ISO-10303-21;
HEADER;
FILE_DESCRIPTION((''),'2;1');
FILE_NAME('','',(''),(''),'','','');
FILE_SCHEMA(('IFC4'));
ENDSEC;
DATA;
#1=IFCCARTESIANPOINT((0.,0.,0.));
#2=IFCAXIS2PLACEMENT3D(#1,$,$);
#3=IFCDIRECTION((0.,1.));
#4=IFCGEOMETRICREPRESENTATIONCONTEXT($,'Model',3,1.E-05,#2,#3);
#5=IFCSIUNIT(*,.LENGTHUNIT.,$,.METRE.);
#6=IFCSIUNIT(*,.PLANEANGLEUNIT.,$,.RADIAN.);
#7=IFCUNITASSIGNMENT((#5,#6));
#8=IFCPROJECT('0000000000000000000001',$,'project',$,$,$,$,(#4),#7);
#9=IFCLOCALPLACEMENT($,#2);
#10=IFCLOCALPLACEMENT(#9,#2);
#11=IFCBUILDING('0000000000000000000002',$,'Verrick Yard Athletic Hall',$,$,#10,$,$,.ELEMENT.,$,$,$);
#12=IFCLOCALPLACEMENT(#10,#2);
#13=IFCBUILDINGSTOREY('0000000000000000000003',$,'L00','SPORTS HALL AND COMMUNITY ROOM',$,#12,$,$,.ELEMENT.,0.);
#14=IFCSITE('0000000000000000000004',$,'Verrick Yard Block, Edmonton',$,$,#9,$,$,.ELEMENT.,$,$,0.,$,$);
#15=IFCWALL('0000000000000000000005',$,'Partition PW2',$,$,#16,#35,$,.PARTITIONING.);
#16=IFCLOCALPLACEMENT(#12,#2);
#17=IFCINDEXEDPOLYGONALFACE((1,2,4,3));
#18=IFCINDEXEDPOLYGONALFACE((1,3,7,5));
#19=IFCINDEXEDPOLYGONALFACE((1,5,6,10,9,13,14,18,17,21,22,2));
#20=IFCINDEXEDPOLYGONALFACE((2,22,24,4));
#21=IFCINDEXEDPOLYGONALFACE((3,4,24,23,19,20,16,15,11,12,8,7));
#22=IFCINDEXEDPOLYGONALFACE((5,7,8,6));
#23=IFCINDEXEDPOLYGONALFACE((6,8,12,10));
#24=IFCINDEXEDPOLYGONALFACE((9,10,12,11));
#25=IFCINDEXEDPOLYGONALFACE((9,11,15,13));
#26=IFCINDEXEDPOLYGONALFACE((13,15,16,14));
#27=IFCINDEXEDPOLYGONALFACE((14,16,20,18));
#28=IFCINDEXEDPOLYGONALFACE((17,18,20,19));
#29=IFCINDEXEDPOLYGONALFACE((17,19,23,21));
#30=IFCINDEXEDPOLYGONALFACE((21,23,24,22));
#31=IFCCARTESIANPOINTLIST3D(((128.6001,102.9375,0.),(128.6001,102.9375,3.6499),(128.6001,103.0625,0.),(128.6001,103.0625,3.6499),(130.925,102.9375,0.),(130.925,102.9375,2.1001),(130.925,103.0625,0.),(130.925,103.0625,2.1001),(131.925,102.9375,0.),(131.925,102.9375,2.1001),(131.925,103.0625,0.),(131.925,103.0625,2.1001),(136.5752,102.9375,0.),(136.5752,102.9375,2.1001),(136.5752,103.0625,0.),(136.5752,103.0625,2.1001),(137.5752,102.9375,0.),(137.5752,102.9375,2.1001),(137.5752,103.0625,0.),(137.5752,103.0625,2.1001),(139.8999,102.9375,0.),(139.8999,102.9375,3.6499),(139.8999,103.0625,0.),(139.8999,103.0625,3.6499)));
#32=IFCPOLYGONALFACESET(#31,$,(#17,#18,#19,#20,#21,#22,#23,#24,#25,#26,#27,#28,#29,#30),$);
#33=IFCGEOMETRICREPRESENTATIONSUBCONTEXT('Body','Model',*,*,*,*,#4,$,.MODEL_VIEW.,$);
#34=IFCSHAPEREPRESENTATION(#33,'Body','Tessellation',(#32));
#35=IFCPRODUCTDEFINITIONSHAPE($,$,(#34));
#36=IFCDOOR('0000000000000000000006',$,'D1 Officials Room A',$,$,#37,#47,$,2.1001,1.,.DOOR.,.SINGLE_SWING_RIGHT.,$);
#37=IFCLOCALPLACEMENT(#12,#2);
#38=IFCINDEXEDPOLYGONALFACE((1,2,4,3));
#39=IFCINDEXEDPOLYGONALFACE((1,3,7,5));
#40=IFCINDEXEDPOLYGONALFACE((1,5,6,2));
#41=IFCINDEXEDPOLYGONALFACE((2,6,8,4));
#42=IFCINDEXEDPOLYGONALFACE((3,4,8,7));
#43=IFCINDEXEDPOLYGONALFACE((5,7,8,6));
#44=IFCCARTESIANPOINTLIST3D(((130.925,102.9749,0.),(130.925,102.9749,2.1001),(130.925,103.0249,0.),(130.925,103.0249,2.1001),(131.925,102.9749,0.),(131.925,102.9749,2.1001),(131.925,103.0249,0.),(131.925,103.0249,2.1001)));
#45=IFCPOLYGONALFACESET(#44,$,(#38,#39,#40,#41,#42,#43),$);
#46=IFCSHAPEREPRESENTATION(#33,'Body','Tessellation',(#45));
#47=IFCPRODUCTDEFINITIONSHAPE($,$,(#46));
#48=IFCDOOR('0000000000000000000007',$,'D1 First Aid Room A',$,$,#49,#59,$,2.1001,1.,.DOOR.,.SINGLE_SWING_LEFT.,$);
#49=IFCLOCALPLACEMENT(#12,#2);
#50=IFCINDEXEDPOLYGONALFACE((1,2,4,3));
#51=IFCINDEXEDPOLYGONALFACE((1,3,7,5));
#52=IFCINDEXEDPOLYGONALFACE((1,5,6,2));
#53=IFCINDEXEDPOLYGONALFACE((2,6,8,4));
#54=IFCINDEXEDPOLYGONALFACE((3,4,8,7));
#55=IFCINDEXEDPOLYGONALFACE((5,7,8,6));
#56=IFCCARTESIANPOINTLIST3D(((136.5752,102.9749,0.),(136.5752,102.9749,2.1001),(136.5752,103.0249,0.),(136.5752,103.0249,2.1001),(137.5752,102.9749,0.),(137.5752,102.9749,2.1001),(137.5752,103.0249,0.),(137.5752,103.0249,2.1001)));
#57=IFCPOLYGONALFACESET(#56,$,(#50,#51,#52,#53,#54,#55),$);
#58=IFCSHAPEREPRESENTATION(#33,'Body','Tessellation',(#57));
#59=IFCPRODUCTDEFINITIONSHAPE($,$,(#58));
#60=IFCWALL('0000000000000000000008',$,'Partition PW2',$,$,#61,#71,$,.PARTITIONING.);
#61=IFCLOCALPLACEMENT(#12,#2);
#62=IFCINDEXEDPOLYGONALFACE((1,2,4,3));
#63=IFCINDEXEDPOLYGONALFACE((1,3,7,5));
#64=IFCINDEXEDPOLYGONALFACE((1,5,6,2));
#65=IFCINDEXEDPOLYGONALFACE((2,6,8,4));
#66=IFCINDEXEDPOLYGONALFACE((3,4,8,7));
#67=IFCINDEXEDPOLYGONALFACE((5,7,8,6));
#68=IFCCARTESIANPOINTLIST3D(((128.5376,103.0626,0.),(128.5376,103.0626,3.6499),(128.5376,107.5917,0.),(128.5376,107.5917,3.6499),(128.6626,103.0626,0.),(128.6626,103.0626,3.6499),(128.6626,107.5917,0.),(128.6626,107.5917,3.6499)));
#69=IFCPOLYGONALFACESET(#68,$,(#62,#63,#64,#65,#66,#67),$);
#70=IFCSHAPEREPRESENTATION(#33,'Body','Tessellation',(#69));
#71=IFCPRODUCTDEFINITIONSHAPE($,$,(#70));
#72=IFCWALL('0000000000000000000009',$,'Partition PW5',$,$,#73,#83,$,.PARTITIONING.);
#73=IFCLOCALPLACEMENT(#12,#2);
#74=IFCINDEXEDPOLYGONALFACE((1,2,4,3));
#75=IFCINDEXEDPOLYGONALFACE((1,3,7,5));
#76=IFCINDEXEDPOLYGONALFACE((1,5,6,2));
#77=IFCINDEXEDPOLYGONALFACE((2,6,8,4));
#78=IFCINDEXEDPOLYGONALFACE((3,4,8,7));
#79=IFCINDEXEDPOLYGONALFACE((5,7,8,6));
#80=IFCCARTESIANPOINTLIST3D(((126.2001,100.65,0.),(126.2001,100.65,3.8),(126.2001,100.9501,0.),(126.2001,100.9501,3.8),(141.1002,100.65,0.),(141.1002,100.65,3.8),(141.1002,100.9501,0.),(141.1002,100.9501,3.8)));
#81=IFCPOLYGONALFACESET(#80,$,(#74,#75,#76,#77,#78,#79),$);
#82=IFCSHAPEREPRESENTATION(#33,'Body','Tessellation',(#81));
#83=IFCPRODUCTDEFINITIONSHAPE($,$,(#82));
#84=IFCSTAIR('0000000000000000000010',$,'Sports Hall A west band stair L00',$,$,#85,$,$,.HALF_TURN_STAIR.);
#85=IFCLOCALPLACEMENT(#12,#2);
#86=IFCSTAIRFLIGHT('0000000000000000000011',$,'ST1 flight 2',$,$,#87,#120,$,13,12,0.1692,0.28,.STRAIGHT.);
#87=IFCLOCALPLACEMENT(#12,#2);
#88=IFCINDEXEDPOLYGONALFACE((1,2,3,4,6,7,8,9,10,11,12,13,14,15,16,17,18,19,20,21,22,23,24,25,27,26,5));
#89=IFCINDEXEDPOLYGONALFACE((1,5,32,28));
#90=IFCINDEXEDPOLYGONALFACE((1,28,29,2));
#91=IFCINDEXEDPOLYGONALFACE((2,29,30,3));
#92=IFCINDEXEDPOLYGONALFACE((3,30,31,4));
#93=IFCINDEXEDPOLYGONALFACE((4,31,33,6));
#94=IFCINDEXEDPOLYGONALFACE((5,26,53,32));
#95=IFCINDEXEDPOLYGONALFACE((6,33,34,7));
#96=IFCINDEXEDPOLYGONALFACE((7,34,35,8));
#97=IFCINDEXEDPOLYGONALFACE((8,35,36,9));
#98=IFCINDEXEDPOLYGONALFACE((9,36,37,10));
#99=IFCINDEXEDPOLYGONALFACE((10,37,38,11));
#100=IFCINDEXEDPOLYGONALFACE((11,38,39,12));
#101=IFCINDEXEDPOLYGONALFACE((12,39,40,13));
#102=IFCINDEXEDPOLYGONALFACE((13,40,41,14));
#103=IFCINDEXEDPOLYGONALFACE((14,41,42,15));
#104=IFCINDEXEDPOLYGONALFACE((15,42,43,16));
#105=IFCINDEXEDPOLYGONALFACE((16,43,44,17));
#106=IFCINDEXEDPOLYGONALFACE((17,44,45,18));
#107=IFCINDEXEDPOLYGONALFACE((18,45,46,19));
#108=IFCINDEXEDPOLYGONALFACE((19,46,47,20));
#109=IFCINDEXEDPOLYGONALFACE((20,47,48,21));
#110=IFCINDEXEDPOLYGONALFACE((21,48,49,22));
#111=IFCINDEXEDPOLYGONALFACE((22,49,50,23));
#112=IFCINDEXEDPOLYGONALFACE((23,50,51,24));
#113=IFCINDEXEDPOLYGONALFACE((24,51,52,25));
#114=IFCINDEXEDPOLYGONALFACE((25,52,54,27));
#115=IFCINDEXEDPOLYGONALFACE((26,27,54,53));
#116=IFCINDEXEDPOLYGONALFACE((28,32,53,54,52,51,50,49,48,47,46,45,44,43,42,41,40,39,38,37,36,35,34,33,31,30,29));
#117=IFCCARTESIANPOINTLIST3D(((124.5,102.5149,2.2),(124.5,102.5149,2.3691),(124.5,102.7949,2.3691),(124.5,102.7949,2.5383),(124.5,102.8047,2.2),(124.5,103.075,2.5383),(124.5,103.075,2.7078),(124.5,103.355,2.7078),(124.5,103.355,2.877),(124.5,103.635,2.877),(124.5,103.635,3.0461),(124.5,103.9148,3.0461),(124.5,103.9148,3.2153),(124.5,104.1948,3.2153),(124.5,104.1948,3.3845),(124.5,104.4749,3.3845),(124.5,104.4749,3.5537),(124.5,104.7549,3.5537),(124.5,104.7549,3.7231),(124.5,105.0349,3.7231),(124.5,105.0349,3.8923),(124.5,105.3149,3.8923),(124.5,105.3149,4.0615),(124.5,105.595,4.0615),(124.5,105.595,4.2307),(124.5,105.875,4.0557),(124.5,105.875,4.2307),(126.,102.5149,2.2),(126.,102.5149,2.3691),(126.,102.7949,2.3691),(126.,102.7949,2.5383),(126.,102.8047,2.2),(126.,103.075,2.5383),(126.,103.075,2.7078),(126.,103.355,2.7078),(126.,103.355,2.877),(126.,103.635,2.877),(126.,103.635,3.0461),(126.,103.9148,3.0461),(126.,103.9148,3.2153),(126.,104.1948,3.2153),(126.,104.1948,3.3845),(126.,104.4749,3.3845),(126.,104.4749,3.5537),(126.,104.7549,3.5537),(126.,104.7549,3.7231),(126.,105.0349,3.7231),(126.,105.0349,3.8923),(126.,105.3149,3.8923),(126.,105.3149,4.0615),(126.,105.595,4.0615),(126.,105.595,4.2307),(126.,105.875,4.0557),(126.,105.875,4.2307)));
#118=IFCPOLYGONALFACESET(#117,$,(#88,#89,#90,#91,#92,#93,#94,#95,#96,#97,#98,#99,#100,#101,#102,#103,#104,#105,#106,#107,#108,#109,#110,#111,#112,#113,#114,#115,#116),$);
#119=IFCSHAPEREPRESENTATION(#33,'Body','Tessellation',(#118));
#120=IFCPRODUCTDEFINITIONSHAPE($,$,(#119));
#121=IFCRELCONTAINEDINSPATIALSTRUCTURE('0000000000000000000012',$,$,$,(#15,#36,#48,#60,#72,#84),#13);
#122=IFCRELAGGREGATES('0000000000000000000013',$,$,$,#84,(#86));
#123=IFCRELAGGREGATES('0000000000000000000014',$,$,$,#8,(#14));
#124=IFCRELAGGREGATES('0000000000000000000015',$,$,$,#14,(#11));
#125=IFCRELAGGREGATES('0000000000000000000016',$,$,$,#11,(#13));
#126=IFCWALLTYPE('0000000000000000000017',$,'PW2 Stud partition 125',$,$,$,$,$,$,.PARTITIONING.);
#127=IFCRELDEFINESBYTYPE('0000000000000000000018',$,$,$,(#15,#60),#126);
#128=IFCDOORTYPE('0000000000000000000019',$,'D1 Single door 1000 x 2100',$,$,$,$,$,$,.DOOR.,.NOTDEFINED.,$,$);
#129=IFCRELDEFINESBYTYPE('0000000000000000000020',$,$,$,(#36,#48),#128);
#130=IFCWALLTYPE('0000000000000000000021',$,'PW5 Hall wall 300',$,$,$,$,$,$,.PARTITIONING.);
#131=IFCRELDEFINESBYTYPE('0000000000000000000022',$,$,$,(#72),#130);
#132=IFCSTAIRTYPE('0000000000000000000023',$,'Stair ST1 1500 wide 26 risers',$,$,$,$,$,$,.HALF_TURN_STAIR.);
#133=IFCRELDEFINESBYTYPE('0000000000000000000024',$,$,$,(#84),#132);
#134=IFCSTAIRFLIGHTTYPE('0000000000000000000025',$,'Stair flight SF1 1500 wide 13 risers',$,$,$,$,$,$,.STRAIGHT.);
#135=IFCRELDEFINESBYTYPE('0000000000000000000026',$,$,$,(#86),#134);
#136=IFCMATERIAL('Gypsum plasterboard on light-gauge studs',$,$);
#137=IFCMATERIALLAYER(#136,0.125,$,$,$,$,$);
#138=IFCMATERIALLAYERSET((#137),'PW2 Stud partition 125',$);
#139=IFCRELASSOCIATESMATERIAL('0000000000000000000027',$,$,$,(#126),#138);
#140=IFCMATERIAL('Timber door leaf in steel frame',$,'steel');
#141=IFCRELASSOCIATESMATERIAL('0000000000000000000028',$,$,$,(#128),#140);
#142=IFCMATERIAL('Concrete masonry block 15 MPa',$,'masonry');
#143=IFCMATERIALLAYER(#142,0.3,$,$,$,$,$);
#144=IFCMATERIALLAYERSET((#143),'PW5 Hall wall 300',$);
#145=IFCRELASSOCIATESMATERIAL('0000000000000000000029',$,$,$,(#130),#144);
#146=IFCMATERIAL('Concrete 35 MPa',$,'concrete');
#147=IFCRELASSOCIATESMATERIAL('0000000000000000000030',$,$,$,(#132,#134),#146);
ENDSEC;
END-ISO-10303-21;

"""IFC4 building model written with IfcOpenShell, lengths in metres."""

from ifc_helpers import new_model, si_unit, direction, frame, frame_2d, origin, place, context, subcontext, project, spatial, polyline, rectangle, outline, extrude, material, layer, layer_set, type_object, element, fill, aggregate, save


model = new_model("IFC4")

# Units and contexts
model_context = context("Model", 3, precision=1e-05, world=origin(), true_north=direction((0.0, 1.0)))
body_context = subcontext(model_context, "Body", "Model", "MODEL_VIEW")
ifc_project = project(units=[si_unit("LENGTHUNIT", "METRE"), si_unit("PLANEANGLEUNIT", "RADIAN")], contexts=[model_context])

# Site, building, storey
site_placement = place(None, origin())
site = spatial("IfcSite", under=ifc_project, at=site_placement, Name="Verrick Yard Block, Edmonton", CompositionType="ELEMENT", RefElevation=0.0)
building_placement = place(site_placement, origin())
building = spatial("IfcBuilding", under=site, at=building_placement, Name="Verrick Yard Athletic Hall", CompositionType="ELEMENT")
storey_placement = place(building_placement, origin())
storey = spatial("IfcBuildingStorey", under=building, at=storey_placement, Name="L00", Description="SPORTS HALL AND COMMUNITY ROOM", CompositionType="ELEMENT", Elevation=0.0)

# Shared definitions
ifc_material_1 = material(Name="Concrete 35 MPa", Category="concrete")

# Wall, openings, doors
ifc_material_2 = material(Name="Gypsum plasterboard on light-gauge studs")
ifc_layer_1 = layer(ifc_material_2, 0.125)
ifc_layer_set_1 = layer_set([ifc_layer_1], Name="PW2 Stud partition 125")
wall_type_1 = type_object("IfcWallType", Name="PW2 Stud partition 125", PredefinedType="PARTITIONING", material=ifc_layer_set_1)
wall_1_placement = place(storey_placement, frame((128.6001, 103.0, 0.0), z_axis=(0.0, 0.0, 1.0), x_axis=(1.0, 0.0, 0.0)))
wall_1 = element("IfcWall", 1, at=wall_1_placement, inside=storey, type_object=wall_type_1, Name="Partition PW2", PredefinedType="PARTITIONING", context=body_context, shape_type="SweptSolid", body=[
    extrude(rectangle(XDim=11.2998, YDim=0.125, at=frame_2d((5.6499, 0.0))), origin(), (0.0, 0.0, 1.0), 3.6499),
])
opening_1_placement = place(wall_1_placement, frame((2.325, 0.0, 0.0)))
opening_1 = element("IfcOpeningElement", 2, at=opening_1_placement, cuts=wall_1, PredefinedType="OPENING", context=body_context, shape_type="SweptSolid", body=[
    extrude(rectangle(XDim=1.0, YDim=2.1001, at=frame_2d((0.5, 1.05))), frame((0.0, 0.0725, 0.0), z_axis=(0.0, -1.0, 0.0), x_axis=(1.0, 0.0, 0.0)), (0.0, 0.0, 1.0), 0.145),
])
opening_2_placement = place(wall_1_placement, frame((7.9751, 0.0, 0.0)))
opening_2 = element("IfcOpeningElement", 3, at=opening_2_placement, cuts=wall_1, PredefinedType="OPENING", context=body_context, shape_type="SweptSolid", body=[
    extrude(rectangle(XDim=1.0, YDim=2.1001, at=frame_2d((0.5, 1.05))), frame((0.0, 0.0725, 0.0), z_axis=(0.0, -1.0, 0.0), x_axis=(1.0, 0.0, 0.0)), (0.0, 0.0, 1.0), 0.145),
])
ifc_material_3 = material(Name="Timber door leaf in steel frame", Category="steel")
door_type_1 = type_object("IfcDoorType", Name="D1 Single door 1000 x 2100", OperationType="NOTDEFINED", PredefinedType="DOOR", material=ifc_material_3)
door_1_placement = place(opening_1_placement, origin())
door_1 = element("IfcDoor", 4, at=door_1_placement, inside=storey, type_object=door_type_1, Name="D1 Officials Room A", OperationType="SINGLE_SWING_RIGHT", OverallHeight=2.1001, OverallWidth=1.0, PredefinedType="DOOR", context=body_context, shape_type="SweptSolid", body=[
    extrude(rectangle(XDim=1.0, YDim=2.1001, at=frame_2d((0.5, 1.05))), frame((0.0, 0.0249, 0.0), z_axis=(0.0, -1.0, 0.0), x_axis=(1.0, 0.0, 0.0)), (0.0, 0.0, 1.0), 0.05),
])
fill(opening_1, door_1)
door_2_placement = place(opening_2_placement, origin())
door_2 = element("IfcDoor", 5, at=door_2_placement, inside=storey, type_object=door_type_1, Name="D1 First Aid Room A", OperationType="SINGLE_SWING_LEFT", OverallHeight=2.1001, OverallWidth=1.0, PredefinedType="DOOR", context=body_context, shape_type="SweptSolid", body=[
    extrude(rectangle(XDim=1.0, YDim=2.1001, at=frame_2d((0.5, 1.05))), frame((0.0, 0.0249, 0.0), z_axis=(0.0, -1.0, 0.0), x_axis=(1.0, 0.0, 0.0)), (0.0, 0.0, 1.0), 0.05),
])
fill(opening_2, door_2)

# Walls
wall_2_placement = place(storey_placement, frame((128.6001, 103.0625, 0.0), z_axis=(0.0, 0.0, 1.0), x_axis=(0.0, 1.0, 0.0)))
element("IfcWall", 6, at=wall_2_placement, inside=storey, type_object=wall_type_1, Name="Partition PW2", PredefinedType="PARTITIONING", context=body_context, shape_type="SweptSolid", body=[
    extrude(rectangle(XDim=4.5291, YDim=0.125, at=frame_2d((2.2646, 0.0))), origin(), (0.0, 0.0, 1.0), 3.6499),
])
ifc_material_4 = material(Name="Concrete masonry block 15 MPa", Category="masonry")
ifc_layer_2 = layer(ifc_material_4, 0.3)
ifc_layer_set_2 = layer_set([ifc_layer_2], Name="PW5 Hall wall 300")
wall_type_2 = type_object("IfcWallType", Name="PW5 Hall wall 300", PredefinedType="PARTITIONING", material=ifc_layer_set_2)
wall_3_placement = place(storey_placement, frame((126.2, 100.8, 0.0), z_axis=(0.0, 0.0, 1.0), x_axis=(1.0, 0.0, 0.0)))
element("IfcWall", 7, at=wall_3_placement, inside=storey, type_object=wall_type_2, Name="Partition PW5", PredefinedType="PARTITIONING", context=body_context, shape_type="SweptSolid", body=[
    extrude(rectangle(XDim=14.9001, YDim=0.3, at=frame_2d((7.4502, 0.0))), origin(), (0.0, 0.0, 1.0), 3.8),
])

# Stair, stair flight
stair_type = type_object("IfcStairType", Name="Stair ST1 1500 wide 26 risers", PredefinedType="HALF_TURN_STAIR", material=ifc_material_1)
stair_placement = place(storey_placement, origin())
stair = element("IfcStair", 8, at=stair_placement, inside=storey, type_object=stair_type, Name="Sports Hall A west band stair L00", PredefinedType="HALF_TURN_STAIR")
stair_flight_type = type_object("IfcStairFlightType", Name="Stair flight SF1 1500 wide 13 risers", PredefinedType="STRAIGHT", material=ifc_material_1)
stair_flight_placement = place(storey_placement, frame((125.25, 102.5149, 2.2), z_axis=(0.0, 0.0, 1.0), x_axis=(0.0, 1.0, 0.0)))
stair_flight = element("IfcStairFlight", 9, at=stair_flight_placement, type_object=stair_flight_type, Name="ST1 flight 2", NumberOfRisers=13, NumberOfTreads=12, PredefinedType="STRAIGHT", RiserHeight=0.1692, TreadLength=0.28, context=body_context, shape_type="SweptSolid", body=[
    extrude(outline(polyline([(0.0, 0.0), (0.0, 0.1692), (0.28, 0.1692), (0.28, 0.3384), (0.5601, 0.3384), (0.5601, 0.5078), (0.8401, 0.5078), (0.8401, 0.677), (1.1201, 0.677), (1.1201, 0.8462), (1.3999, 0.8462), (1.3999, 1.0154), (1.6799, 1.0154), (1.6799, 1.1846), (1.96, 1.1846), (1.96, 1.3538), (2.24, 1.3538), (2.24, 1.5232), (2.52, 1.5232), (2.52, 1.6924), (2.8, 1.6924), (2.8, 1.8616), (3.0801, 1.8616), (3.0801, 2.0308), (3.3601, 2.0308), (3.3601, 2.2), (3.3601, 1.8557), (0.2898, 0.0), (0.0, 0.0)])), frame((0.0, 0.75, 0.0), z_axis=(0.0, -1.0, 0.0), x_axis=(1.0, 0.0, 0.0)), (0.0, 0.0, 1.0), 1.5),
])
aggregate(stair, [stair_flight])

save(model, "model.ifc")
